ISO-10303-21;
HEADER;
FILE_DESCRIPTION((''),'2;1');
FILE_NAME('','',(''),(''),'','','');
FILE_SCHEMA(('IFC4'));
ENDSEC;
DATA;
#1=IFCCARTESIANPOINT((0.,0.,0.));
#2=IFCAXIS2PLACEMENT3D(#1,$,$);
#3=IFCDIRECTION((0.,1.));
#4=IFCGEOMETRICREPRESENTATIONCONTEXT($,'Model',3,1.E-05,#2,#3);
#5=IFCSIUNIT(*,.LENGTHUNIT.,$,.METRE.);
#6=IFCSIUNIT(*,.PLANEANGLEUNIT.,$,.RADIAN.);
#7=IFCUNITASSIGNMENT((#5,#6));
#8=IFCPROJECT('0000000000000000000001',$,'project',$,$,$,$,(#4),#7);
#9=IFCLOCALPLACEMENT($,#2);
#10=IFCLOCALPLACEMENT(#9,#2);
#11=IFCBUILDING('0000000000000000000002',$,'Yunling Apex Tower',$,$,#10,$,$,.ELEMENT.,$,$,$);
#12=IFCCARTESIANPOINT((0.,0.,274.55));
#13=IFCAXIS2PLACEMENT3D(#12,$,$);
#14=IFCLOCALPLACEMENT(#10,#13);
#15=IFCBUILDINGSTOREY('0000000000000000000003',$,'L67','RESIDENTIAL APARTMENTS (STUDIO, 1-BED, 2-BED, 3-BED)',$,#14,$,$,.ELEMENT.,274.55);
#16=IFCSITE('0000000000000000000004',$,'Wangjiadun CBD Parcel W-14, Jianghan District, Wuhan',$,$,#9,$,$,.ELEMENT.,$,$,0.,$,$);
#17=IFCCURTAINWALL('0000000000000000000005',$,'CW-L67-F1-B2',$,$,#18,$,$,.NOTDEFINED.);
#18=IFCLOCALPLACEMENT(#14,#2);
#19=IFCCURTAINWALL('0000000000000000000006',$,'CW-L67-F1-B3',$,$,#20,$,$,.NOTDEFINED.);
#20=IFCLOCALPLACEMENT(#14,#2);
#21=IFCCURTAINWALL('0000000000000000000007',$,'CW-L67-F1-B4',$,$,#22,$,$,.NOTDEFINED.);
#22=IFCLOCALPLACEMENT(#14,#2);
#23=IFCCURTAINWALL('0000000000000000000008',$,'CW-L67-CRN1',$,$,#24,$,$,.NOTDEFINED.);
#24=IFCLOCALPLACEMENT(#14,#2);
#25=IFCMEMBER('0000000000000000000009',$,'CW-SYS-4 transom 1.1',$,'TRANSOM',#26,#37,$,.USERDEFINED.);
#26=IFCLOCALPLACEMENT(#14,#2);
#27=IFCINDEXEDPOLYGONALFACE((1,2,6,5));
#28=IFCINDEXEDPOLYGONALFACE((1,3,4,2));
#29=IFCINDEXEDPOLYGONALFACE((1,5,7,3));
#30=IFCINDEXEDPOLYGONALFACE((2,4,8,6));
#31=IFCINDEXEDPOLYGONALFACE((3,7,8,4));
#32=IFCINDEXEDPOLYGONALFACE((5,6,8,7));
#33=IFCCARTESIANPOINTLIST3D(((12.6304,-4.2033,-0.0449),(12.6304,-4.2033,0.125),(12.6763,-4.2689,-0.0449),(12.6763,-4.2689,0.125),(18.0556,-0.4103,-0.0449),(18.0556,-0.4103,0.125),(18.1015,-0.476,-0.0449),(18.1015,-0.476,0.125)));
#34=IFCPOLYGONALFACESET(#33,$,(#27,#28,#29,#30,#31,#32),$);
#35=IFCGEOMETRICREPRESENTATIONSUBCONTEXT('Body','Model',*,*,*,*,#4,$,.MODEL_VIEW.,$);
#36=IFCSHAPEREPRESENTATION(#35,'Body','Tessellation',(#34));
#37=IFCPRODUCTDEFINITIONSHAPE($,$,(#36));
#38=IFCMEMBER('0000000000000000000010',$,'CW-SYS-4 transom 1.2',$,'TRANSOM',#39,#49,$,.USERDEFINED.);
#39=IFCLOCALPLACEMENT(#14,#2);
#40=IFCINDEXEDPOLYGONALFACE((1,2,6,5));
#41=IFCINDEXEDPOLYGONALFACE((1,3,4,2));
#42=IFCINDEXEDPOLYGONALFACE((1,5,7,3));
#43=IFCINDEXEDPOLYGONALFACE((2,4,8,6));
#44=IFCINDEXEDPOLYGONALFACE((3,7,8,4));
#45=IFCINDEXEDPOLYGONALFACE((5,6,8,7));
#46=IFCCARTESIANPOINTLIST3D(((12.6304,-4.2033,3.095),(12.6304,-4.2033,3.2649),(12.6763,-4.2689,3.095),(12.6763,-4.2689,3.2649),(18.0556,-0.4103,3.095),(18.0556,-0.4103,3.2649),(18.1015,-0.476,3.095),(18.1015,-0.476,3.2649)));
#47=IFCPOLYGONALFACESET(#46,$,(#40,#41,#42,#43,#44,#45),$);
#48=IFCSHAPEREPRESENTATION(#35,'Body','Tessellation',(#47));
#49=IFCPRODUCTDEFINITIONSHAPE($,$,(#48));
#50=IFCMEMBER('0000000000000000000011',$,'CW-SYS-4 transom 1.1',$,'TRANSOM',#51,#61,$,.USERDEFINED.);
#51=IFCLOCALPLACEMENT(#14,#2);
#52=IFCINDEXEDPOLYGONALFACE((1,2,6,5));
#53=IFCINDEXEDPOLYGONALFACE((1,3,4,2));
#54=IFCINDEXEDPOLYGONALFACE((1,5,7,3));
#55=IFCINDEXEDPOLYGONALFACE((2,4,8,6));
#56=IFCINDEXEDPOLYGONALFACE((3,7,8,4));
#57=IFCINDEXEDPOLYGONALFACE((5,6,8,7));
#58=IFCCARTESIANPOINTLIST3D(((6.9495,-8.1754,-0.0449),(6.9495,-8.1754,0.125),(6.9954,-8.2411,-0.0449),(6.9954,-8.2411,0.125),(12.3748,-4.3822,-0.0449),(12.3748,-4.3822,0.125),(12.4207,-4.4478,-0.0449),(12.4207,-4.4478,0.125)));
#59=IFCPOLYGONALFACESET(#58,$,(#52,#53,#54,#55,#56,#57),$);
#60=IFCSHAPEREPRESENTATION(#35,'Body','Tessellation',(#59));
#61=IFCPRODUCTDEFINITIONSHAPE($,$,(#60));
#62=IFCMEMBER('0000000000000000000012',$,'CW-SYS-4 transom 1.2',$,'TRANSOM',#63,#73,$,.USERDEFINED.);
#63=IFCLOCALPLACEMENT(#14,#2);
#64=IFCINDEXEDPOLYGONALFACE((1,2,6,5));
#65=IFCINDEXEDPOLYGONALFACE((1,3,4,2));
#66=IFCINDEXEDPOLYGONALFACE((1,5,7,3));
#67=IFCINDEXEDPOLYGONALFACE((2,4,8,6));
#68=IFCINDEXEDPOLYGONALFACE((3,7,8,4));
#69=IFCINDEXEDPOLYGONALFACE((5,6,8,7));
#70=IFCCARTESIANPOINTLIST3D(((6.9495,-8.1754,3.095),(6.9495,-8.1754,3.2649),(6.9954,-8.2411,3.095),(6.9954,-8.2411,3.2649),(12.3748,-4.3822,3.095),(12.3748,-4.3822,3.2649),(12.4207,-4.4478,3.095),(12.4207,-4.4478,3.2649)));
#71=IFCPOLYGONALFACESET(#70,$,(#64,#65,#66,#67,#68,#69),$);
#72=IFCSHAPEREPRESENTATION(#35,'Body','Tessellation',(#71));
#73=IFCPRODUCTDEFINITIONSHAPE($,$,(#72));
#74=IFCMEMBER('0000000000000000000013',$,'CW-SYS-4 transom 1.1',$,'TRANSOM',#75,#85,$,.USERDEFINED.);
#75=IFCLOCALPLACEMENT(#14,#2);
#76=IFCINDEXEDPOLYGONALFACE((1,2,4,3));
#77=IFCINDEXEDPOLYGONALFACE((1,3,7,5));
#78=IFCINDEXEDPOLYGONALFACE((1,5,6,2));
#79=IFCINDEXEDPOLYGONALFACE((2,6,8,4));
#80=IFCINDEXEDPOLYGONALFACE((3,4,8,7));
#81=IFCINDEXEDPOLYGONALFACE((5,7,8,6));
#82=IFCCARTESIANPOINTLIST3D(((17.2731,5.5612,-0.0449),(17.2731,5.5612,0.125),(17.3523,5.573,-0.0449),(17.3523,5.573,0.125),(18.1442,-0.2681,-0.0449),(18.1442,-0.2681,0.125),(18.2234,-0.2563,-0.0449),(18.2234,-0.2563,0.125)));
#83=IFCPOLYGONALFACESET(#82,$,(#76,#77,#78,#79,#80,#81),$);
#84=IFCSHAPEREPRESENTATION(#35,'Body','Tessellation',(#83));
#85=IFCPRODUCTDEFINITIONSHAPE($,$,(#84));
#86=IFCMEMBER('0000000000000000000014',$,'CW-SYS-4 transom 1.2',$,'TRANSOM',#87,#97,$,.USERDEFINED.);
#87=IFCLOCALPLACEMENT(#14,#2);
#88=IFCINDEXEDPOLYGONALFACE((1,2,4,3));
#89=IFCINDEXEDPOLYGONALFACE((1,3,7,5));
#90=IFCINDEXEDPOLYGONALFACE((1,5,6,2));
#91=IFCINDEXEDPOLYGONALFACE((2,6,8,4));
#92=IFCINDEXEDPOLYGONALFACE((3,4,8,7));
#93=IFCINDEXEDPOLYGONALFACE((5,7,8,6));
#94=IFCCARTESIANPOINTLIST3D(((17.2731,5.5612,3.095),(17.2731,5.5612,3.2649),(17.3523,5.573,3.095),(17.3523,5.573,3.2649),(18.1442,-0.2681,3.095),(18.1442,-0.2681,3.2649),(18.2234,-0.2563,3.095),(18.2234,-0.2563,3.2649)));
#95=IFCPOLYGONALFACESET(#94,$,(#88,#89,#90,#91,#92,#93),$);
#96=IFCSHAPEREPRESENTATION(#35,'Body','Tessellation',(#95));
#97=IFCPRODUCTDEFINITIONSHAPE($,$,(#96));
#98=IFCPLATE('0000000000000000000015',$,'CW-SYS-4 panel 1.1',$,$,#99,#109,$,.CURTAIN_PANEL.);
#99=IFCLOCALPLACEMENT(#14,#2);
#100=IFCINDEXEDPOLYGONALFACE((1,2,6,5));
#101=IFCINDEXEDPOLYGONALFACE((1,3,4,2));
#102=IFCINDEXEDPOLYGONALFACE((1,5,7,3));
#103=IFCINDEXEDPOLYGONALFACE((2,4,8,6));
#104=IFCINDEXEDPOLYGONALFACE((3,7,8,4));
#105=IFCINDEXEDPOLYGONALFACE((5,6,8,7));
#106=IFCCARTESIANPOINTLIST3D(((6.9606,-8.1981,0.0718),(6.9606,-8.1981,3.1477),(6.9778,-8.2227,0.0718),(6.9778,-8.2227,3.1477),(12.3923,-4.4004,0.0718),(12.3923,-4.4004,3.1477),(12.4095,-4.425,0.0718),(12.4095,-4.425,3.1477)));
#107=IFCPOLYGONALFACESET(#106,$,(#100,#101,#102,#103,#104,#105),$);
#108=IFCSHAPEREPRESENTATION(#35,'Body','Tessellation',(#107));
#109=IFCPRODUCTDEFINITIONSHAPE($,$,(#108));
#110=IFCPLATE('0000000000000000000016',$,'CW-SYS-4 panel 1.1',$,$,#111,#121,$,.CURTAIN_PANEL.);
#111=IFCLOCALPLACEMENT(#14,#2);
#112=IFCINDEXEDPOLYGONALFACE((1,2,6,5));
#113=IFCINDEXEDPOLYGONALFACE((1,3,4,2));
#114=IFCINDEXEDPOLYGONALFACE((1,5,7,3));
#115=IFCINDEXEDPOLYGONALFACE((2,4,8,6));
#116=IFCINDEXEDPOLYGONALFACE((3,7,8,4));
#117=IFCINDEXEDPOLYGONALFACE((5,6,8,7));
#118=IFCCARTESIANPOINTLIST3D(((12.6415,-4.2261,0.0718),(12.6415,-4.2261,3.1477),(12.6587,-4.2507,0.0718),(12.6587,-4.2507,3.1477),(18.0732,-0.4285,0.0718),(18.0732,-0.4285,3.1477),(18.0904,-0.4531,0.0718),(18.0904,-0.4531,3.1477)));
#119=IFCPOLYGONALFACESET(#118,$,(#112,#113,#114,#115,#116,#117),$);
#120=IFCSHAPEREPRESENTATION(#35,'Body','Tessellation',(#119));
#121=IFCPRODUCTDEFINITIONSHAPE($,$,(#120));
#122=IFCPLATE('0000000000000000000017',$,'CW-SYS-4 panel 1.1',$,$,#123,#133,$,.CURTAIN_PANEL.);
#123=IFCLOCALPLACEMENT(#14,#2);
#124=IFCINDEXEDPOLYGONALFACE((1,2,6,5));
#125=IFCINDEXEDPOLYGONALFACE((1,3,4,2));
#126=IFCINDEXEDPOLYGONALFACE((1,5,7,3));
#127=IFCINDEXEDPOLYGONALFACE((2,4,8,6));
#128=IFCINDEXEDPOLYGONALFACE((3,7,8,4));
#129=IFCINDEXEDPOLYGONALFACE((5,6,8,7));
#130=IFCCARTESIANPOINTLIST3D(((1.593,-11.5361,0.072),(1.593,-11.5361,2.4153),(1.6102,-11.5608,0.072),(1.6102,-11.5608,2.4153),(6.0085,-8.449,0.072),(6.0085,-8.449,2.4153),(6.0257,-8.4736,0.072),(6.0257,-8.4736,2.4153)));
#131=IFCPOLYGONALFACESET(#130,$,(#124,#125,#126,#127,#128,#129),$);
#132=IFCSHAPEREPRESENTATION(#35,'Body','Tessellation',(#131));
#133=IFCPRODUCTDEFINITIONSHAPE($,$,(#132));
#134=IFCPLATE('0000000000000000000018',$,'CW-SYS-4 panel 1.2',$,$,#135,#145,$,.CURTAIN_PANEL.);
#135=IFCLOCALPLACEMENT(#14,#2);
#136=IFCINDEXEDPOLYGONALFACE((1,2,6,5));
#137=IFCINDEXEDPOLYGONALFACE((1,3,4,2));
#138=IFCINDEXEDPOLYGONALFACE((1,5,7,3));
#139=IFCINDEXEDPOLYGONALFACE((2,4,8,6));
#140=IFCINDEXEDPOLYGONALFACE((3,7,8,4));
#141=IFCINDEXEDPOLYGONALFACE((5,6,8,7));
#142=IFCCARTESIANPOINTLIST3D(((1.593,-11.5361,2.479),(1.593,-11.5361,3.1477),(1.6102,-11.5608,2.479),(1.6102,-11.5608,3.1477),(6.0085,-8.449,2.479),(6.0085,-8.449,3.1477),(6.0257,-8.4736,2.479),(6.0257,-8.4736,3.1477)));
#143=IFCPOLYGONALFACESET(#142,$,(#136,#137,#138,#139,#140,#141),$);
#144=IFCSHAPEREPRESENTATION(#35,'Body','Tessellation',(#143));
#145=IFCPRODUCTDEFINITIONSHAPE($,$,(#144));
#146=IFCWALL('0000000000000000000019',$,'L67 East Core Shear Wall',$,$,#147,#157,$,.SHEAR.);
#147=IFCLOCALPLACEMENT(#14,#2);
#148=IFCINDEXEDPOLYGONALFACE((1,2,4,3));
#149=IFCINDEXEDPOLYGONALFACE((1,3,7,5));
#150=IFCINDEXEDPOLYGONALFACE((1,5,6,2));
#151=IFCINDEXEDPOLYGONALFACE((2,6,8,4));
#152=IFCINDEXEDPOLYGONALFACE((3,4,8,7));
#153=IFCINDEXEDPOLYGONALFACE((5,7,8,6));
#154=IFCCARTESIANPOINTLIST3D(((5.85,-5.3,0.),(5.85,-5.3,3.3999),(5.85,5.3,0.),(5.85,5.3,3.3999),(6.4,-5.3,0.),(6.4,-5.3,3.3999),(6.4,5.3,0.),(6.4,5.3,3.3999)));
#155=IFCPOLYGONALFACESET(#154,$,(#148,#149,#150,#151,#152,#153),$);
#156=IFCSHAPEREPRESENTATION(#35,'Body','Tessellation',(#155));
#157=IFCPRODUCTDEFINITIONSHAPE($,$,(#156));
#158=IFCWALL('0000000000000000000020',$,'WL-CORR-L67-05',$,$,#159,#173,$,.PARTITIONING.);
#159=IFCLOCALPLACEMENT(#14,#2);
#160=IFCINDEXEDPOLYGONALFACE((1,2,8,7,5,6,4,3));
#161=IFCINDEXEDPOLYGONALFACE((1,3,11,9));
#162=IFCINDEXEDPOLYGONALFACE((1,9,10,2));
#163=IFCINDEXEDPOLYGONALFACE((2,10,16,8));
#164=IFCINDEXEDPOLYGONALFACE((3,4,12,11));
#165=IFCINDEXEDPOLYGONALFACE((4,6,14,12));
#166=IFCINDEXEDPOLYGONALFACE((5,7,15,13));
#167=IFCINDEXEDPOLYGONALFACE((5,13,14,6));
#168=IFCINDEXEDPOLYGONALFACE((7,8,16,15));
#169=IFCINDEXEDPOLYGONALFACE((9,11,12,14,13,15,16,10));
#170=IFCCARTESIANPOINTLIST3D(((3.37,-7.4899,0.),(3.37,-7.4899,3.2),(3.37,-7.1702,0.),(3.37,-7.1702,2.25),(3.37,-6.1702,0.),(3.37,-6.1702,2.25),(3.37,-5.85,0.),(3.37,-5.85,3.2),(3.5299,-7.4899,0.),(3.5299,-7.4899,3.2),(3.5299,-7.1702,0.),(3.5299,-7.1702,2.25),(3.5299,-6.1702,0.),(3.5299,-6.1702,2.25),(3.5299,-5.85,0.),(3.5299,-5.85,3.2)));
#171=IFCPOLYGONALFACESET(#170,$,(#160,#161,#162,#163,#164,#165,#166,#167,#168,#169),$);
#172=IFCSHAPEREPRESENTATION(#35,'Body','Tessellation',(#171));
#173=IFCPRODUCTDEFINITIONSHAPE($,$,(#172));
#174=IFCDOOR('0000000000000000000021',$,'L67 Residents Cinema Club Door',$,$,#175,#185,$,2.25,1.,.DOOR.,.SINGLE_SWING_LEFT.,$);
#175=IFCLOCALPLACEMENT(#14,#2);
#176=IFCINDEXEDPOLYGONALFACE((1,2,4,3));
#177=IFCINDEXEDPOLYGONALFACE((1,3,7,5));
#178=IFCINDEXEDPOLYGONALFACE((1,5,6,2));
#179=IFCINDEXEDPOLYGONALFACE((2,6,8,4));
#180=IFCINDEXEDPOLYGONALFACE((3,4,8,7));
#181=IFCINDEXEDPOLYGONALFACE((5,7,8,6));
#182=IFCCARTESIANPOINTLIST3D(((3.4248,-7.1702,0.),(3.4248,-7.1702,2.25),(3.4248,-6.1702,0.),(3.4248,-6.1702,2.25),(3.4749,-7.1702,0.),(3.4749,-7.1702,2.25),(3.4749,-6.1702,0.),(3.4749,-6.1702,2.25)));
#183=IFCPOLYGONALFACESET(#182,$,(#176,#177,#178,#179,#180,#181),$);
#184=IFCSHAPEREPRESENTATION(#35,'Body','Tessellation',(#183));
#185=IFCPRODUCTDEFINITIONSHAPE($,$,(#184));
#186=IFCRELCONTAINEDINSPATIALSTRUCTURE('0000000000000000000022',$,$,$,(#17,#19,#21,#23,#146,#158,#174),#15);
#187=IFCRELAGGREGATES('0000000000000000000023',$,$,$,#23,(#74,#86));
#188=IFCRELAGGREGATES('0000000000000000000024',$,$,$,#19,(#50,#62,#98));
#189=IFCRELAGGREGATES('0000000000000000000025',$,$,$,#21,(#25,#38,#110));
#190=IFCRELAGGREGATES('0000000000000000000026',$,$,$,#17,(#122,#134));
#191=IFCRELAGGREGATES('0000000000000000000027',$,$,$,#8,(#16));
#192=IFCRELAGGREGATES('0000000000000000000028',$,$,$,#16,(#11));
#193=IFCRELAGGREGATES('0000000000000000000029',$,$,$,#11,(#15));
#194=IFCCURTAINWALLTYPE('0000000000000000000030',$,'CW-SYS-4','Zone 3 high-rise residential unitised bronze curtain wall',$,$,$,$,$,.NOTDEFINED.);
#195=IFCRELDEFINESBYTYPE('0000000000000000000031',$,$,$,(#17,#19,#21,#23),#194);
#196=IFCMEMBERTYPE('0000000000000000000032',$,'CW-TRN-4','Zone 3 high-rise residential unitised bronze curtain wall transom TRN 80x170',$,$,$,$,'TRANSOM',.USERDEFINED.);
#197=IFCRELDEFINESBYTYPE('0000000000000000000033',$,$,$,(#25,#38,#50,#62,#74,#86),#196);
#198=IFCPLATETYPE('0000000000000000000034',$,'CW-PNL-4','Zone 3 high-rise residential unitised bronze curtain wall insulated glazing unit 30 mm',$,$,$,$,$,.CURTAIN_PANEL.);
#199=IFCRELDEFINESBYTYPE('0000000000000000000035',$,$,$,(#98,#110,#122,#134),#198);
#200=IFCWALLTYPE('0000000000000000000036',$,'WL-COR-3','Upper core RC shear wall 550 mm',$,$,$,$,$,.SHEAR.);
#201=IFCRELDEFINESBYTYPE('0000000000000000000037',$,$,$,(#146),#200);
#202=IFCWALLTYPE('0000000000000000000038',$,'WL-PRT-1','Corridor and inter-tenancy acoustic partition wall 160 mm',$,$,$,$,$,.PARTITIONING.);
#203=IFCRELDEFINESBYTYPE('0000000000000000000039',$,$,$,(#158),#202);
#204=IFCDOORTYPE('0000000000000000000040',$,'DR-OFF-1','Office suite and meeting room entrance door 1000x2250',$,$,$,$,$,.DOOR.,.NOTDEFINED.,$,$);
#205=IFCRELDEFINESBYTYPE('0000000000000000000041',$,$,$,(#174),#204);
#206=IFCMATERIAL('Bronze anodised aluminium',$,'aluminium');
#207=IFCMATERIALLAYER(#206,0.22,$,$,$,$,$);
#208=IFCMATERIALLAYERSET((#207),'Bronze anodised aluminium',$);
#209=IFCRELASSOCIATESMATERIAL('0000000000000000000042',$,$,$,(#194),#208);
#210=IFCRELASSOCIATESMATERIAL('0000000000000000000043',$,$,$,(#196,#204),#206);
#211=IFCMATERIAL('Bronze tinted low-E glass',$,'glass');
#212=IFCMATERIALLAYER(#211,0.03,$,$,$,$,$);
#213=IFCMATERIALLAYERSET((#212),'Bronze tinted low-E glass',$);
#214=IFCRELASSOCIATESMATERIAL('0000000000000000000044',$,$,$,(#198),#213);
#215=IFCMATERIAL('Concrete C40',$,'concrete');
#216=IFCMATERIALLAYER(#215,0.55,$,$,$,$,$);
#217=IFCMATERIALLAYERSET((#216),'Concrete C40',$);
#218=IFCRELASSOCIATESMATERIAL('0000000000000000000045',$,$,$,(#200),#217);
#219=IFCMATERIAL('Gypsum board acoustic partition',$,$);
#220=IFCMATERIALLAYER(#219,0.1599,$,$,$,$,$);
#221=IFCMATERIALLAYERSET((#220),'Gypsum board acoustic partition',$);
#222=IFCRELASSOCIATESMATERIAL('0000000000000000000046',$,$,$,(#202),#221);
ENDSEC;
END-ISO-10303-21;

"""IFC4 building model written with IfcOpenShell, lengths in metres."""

from ifc_helpers import new_model, si_unit, direction, frame, frame_2d, origin, origin_2d, place, context, subcontext, project, spatial, rectangle, extrude, source, transform, mapped, material, layer, layer_set, material_profile, profile_set, type_object, element, fill, aggregate, save


model = new_model("IFC4")

# Units and contexts
model_context = context("Model", 3, precision=1e-05, world=origin(), true_north=direction((0.0, 1.0)))
body_context = subcontext(model_context, "Body", "Model", "MODEL_VIEW")
ifc_project = project(units=[si_unit("LENGTHUNIT", "METRE"), si_unit("PLANEANGLEUNIT", "RADIAN")], contexts=[model_context])

# Site, building, storey
site_placement = place(None, origin())
site = spatial("IfcSite", under=ifc_project, at=site_placement, Name="Wangjiadun CBD Parcel W-14, Jianghan District, Wuhan", CompositionType="ELEMENT", RefElevation=0.0)
building_placement = place(site_placement, origin())
building = spatial("IfcBuilding", under=site, at=building_placement, Name="Yunling Apex Tower", CompositionType="ELEMENT")
storey_placement = place(building_placement, frame((0.0, 0.0, 274.55)))
storey = spatial("IfcBuildingStorey", under=building, at=storey_placement, Name="L67", Description="RESIDENTIAL APARTMENTS (STUDIO, 1-BED, 2-BED, 3-BED)", CompositionType="ELEMENT", Elevation=274.55)

# Curtain wall
ifc_material_1 = material(Name="Bronze anodised aluminium", Category="aluminium")
ifc_layer_1 = layer(ifc_material_1, 0.22)
ifc_layer_set_1 = layer_set([ifc_layer_1], Name="Bronze anodised aluminium")
curtain_wall_type = type_object("IfcCurtainWallType", Name="CW-SYS-4", Description="Zone 3 high-rise residential unitised bronze curtain wall", PredefinedType="NOTDEFINED", material=ifc_layer_set_1)
curtain_wall_1_placement = place(storey_placement, origin())
curtain_wall_1 = element("IfcCurtainWall", 1, at=curtain_wall_1_placement, inside=storey, type_object=curtain_wall_type, Name="CW-L67-F1-B2", PredefinedType="NOTDEFINED")

# Curtain walls
curtain_wall_2_placement = place(storey_placement, origin())
curtain_wall_2 = element("IfcCurtainWall", 2, at=curtain_wall_2_placement, inside=storey, type_object=curtain_wall_type, Name="CW-L67-F1-B3", PredefinedType="NOTDEFINED")
curtain_wall_3_placement = place(storey_placement, origin())
curtain_wall_3 = element("IfcCurtainWall", 3, at=curtain_wall_3_placement, inside=storey, type_object=curtain_wall_type, Name="CW-L67-F1-B4", PredefinedType="NOTDEFINED")

# Curtain wall
curtain_wall_4_placement = place(storey_placement, origin())
curtain_wall_4 = element("IfcCurtainWall", 4, at=curtain_wall_4_placement, inside=storey, type_object=curtain_wall_type, Name="CW-L67-CRN1", PredefinedType="NOTDEFINED")

# Members
ifc_material_profile_1 = material_profile(ifc_material_1, rectangle(XDim=0.0801, YDim=0.1699, at=origin_2d()))
ifc_profile_set_1 = profile_set([ifc_material_profile_1], Name="Bronze anodised aluminium")
member_type_1 = type_object("IfcMemberType", Name="CW-TRN-4", Description="Zone 3 high-rise residential unitised bronze curtain wall transom TRN 80x170", ElementType="TRANSOM", PredefinedType="USERDEFINED", material=ifc_profile_set_1)
shared_shape_1 = source(origin(), body_context, "Body", "SweptSolid", [
    extrude(rectangle(XDim=0.0801, YDim=0.1699, at=origin_2d()), origin(), (0.0, 0.0, 1.0), 6.6196),
])
member_1_placement = place(storey_placement, frame((12.6533, -4.2361, 0.04), z_axis=(0.819568, 0.572982, 0.0), x_axis=(-0.572982, 0.819568, 0.0)))
member_1 = element("IfcMember", 5, at=member_1_placement, type_object=member_type_1, Name="CW-SYS-4 transom 1.1", ObjectType="TRANSOM", PredefinedType="USERDEFINED", context=body_context, shape_type="MappedRepresentation", body=[
    mapped(shared_shape_1, transform((0.0, 0.0, 0.0), scale=1.0)),
])
member_2_placement = place(storey_placement, frame((12.6533, -4.2361, 3.1799), z_axis=(0.819568, 0.572982, 0.0), x_axis=(-0.572982, 0.819568, 0.0)))
member_2 = element("IfcMember", 6, at=member_2_placement, type_object=member_type_1, Name="CW-SYS-4 transom 1.2", ObjectType="TRANSOM", PredefinedType="USERDEFINED", context=body_context, shape_type="MappedRepresentation", body=[
    mapped(shared_shape_1, transform((0.0, 0.0, 0.0), scale=1.0)),
])
shared_shape_2 = source(origin(), body_context, "Body", "SweptSolid", [
    extrude(rectangle(XDim=0.0801, YDim=0.1699, at=origin_2d()), origin(), (0.0, 0.0, 1.0), 6.6199),
])
member_3_placement = place(storey_placement, frame((6.9724, -8.2083, 0.04), z_axis=(0.819551, 0.573007, 0.0), x_axis=(-0.573007, 0.819551, 0.0)))
member_3 = element("IfcMember", 7, at=member_3_placement, type_object=member_type_1, Name="CW-SYS-4 transom 1.1", ObjectType="TRANSOM", PredefinedType="USERDEFINED", context=body_context, shape_type="MappedRepresentation", body=[
    mapped(shared_shape_2, transform((0.0, 0.0, 0.0), scale=1.0)),
])
member_4_placement = place(storey_placement, frame((6.9724, -8.2083, 3.1799), z_axis=(0.819551, 0.573007, 0.0), x_axis=(-0.573007, 0.819551, 0.0)))
member_4 = element("IfcMember", 8, at=member_4_placement, type_object=member_type_1, Name="CW-SYS-4 transom 1.2", ObjectType="TRANSOM", PredefinedType="USERDEFINED", context=body_context, shape_type="MappedRepresentation", body=[
    mapped(shared_shape_2, transform((0.0, 0.0, 0.0), scale=1.0)),
])
shared_shape_3 = source(origin(), body_context, "Body", "SweptSolid", [
    extrude(rectangle(XDim=0.0801, YDim=0.1699, at=origin_2d()), origin(), (0.0, 0.0, 1.0), 5.894),
])
member_5_placement = place(storey_placement, frame((18.1838, -0.2622, 0.04), z_axis=(-0.147792, 0.989019, 0.0), x_axis=(-0.989019, -0.147792, 0.0)))
member_5 = element("IfcMember", 9, at=member_5_placement, type_object=member_type_1, Name="CW-SYS-4 transom 1.1", ObjectType="TRANSOM", PredefinedType="USERDEFINED", context=body_context, shape_type="MappedRepresentation", body=[
    mapped(shared_shape_3, transform((0.0, 0.0, 0.0), scale=1.0)),
])
member_6_placement = place(storey_placement, frame((18.1838, -0.2622, 3.1799), z_axis=(-0.147792, 0.989019, 0.0), x_axis=(-0.989019, -0.147792, 0.0)))
member_6 = element("IfcMember", 10, at=member_6_placement, type_object=member_type_1, Name="CW-SYS-4 transom 1.2", ObjectType="TRANSOM", PredefinedType="USERDEFINED", context=body_context, shape_type="MappedRepresentation", body=[
    mapped(shared_shape_3, transform((0.0, 0.0, 0.0), scale=1.0)),
])
aggregate(curtain_wall_4, [member_5, member_6])

# Plates
ifc_material_2 = material(Name="Bronze tinted low-E glass", Category="glass")
ifc_layer_2 = layer(ifc_material_2, 0.03)
ifc_layer_set_2 = layer_set([ifc_layer_2], Name="Bronze tinted low-E glass")
plate_type = type_object("IfcPlateType", Name="CW-PNL-4", Description="Zone 3 high-rise residential unitised bronze curtain wall insulated glazing unit 30 mm", PredefinedType="CURTAIN_PANEL", material=ifc_layer_set_2)
shared_shape_4 = source(origin(), body_context, "Body", "SweptSolid", [
    extrude(rectangle(XDim=6.6277, YDim=0.03, at=origin_2d()), origin(), (0.0, 0.0, 1.0), 3.0759),
])
plate_1_placement = place(storey_placement, frame((9.6851, -6.3115, 0.0718), z_axis=(0.0, 0.0, 1.0), x_axis=(0.819548, 0.57301, 0.0)))
plate_1 = element("IfcPlate", 11, at=plate_1_placement, type_object=plate_type, Name="CW-SYS-4 panel 1.1", PredefinedType="CURTAIN_PANEL", context=body_context, shape_type="MappedRepresentation", body=[
    mapped(shared_shape_4, transform((0.0, 0.0, 0.0), scale=1.0)),
])
aggregate(curtain_wall_2, [member_3, member_4, plate_1])
plate_2_placement = place(storey_placement, frame((15.366, -2.3396, 0.0718), z_axis=(0.0, 0.0, 1.0), x_axis=(0.819555, 0.573, 0.0)))
plate_2 = element("IfcPlate", 12, at=plate_2_placement, type_object=plate_type, Name="CW-SYS-4 panel 1.1", PredefinedType="CURTAIN_PANEL", context=body_context, shape_type="MappedRepresentation", body=[
    mapped(shared_shape_4, transform((0.0, 0.0, 0.0), scale=1.0)),
])
aggregate(curtain_wall_3, [member_1, member_2, plate_2])
shared_shape_5 = source(origin(), body_context, "Body", "SweptSolid", [
    extrude(rectangle(XDim=5.3877, YDim=0.03, at=origin_2d()), origin(), (0.0, 0.0, 1.0), 2.3433),
])
plate_3_placement = place(storey_placement, frame((3.8093, -10.0049, 0.072), z_axis=(0.0, 0.0, 1.0), x_axis=(0.819556, 0.572999, 0.0)))
plate_3 = element("IfcPlate", 13, at=plate_3_placement, type_object=plate_type, Name="CW-SYS-4 panel 1.1", PredefinedType="CURTAIN_PANEL", context=body_context, shape_type="MappedRepresentation", body=[
    mapped(shared_shape_5, transform((0.0, 0.0, 0.0), scale=1.0)),
])
shared_shape_6 = source(origin(), body_context, "Body", "SweptSolid", [
    extrude(rectangle(XDim=5.3877, YDim=0.03, at=origin_2d()), origin(), (0.0, 0.0, 1.0), 0.6687),
])
plate_4_placement = place(storey_placement, frame((3.8093, -10.0049, 2.479), z_axis=(0.0, 0.0, 1.0), x_axis=(0.819556, 0.572999, 0.0)))
plate_4 = element("IfcPlate", 14, at=plate_4_placement, type_object=plate_type, Name="CW-SYS-4 panel 1.2", PredefinedType="CURTAIN_PANEL", context=body_context, shape_type="MappedRepresentation", body=[
    mapped(shared_shape_6, transform((0.0, 0.0, 0.0), scale=1.0)),
])
aggregate(curtain_wall_1, [plate_3, plate_4])

# Wall
ifc_material_3 = material(Name="Concrete C40", Category="concrete")
ifc_layer_3 = layer(ifc_material_3, 0.55)
ifc_layer_set_3 = layer_set([ifc_layer_3], Name="Concrete C40")
wall_type_1 = type_object("IfcWallType", Name="WL-COR-3", Description="Upper core RC shear wall 550 mm", PredefinedType="SHEAR", material=ifc_layer_set_3)
wall_1_placement = place(storey_placement, frame((6.125, -5.3, 0.0), z_axis=(0.0, 0.0, 1.0), x_axis=(0.0, 1.0, 0.0)))
element("IfcWall", 15, at=wall_1_placement, inside=storey, type_object=wall_type_1, Name="L67 East Core Shear Wall", PredefinedType="SHEAR", context=body_context, shape_type="SweptSolid", body=[
    extrude(rectangle(XDim=10.6001, YDim=0.55, at=frame_2d((5.3, 0.0))), origin(), (0.0, 0.0, 1.0), 3.3999),
])

# Wall, opening, door
ifc_material_4 = material(Name="Gypsum board acoustic partition")
ifc_layer_4 = layer(ifc_material_4, 0.1599)
ifc_layer_set_4 = layer_set([ifc_layer_4], Name="Gypsum board acoustic partition")
wall_type_2 = type_object("IfcWallType", Name="WL-PRT-1", Description="Corridor and inter-tenancy acoustic partition wall 160 mm", PredefinedType="PARTITIONING", material=ifc_layer_set_4)
wall_2_placement = place(storey_placement, frame((3.45, -5.8501, 0.0), z_axis=(0.0, 0.0, 1.0), x_axis=(0.0, -1.0, 0.0)))
wall_2 = element("IfcWall", 16, at=wall_2_placement, inside=storey, type_object=wall_type_2, Name="WL-CORR-L67-05", PredefinedType="PARTITIONING", context=body_context, shape_type="SweptSolid", body=[
    extrude(rectangle(XDim=1.6399, YDim=0.1599, at=frame_2d((0.8198, 0.0))), origin(), (0.0, 0.0, 1.0), 3.2),
])
opening_1_placement = place(wall_2_placement, frame((0.3201, 0.0, 0.0)))
opening_1 = element("IfcOpeningElement", 17, at=opening_1_placement, cuts=wall_2, PredefinedType="OPENING", context=body_context, shape_type="SweptSolid", body=[
    extrude(rectangle(XDim=1.0, YDim=2.25, at=frame_2d((0.5, 1.125))), frame((0.0, 0.0898, 0.0), z_axis=(0.0, -1.0, 0.0), x_axis=(1.0, 0.0, 0.0)), (0.0, 0.0, 1.0), 0.1799),
])
door_type_1 = type_object("IfcDoorType", Name="DR-OFF-1", Description="Office suite and meeting room entrance door 1000x2250", OperationType="NOTDEFINED", PredefinedType="DOOR", material=ifc_material_1)
door_1_placement = place(opening_1_placement, origin())
door_1 = element("IfcDoor", 18, at=door_1_placement, inside=storey, type_object=door_type_1, Name="L67 Residents Cinema Club Door", OperationType="SINGLE_SWING_LEFT", OverallHeight=2.25, OverallWidth=1.0, PredefinedType="DOOR", context=body_context, shape_type="SweptSolid", body=[
    extrude(rectangle(XDim=1.0, YDim=2.25, at=frame_2d((0.5, 1.125))), frame((0.0, 0.0249, 0.0), z_axis=(0.0, -1.0, 0.0), x_axis=(1.0, 0.0, 0.0)), (0.0, 0.0, 1.0), 0.05),
])
fill(opening_1, door_1)

save(model, "model.ifc")
